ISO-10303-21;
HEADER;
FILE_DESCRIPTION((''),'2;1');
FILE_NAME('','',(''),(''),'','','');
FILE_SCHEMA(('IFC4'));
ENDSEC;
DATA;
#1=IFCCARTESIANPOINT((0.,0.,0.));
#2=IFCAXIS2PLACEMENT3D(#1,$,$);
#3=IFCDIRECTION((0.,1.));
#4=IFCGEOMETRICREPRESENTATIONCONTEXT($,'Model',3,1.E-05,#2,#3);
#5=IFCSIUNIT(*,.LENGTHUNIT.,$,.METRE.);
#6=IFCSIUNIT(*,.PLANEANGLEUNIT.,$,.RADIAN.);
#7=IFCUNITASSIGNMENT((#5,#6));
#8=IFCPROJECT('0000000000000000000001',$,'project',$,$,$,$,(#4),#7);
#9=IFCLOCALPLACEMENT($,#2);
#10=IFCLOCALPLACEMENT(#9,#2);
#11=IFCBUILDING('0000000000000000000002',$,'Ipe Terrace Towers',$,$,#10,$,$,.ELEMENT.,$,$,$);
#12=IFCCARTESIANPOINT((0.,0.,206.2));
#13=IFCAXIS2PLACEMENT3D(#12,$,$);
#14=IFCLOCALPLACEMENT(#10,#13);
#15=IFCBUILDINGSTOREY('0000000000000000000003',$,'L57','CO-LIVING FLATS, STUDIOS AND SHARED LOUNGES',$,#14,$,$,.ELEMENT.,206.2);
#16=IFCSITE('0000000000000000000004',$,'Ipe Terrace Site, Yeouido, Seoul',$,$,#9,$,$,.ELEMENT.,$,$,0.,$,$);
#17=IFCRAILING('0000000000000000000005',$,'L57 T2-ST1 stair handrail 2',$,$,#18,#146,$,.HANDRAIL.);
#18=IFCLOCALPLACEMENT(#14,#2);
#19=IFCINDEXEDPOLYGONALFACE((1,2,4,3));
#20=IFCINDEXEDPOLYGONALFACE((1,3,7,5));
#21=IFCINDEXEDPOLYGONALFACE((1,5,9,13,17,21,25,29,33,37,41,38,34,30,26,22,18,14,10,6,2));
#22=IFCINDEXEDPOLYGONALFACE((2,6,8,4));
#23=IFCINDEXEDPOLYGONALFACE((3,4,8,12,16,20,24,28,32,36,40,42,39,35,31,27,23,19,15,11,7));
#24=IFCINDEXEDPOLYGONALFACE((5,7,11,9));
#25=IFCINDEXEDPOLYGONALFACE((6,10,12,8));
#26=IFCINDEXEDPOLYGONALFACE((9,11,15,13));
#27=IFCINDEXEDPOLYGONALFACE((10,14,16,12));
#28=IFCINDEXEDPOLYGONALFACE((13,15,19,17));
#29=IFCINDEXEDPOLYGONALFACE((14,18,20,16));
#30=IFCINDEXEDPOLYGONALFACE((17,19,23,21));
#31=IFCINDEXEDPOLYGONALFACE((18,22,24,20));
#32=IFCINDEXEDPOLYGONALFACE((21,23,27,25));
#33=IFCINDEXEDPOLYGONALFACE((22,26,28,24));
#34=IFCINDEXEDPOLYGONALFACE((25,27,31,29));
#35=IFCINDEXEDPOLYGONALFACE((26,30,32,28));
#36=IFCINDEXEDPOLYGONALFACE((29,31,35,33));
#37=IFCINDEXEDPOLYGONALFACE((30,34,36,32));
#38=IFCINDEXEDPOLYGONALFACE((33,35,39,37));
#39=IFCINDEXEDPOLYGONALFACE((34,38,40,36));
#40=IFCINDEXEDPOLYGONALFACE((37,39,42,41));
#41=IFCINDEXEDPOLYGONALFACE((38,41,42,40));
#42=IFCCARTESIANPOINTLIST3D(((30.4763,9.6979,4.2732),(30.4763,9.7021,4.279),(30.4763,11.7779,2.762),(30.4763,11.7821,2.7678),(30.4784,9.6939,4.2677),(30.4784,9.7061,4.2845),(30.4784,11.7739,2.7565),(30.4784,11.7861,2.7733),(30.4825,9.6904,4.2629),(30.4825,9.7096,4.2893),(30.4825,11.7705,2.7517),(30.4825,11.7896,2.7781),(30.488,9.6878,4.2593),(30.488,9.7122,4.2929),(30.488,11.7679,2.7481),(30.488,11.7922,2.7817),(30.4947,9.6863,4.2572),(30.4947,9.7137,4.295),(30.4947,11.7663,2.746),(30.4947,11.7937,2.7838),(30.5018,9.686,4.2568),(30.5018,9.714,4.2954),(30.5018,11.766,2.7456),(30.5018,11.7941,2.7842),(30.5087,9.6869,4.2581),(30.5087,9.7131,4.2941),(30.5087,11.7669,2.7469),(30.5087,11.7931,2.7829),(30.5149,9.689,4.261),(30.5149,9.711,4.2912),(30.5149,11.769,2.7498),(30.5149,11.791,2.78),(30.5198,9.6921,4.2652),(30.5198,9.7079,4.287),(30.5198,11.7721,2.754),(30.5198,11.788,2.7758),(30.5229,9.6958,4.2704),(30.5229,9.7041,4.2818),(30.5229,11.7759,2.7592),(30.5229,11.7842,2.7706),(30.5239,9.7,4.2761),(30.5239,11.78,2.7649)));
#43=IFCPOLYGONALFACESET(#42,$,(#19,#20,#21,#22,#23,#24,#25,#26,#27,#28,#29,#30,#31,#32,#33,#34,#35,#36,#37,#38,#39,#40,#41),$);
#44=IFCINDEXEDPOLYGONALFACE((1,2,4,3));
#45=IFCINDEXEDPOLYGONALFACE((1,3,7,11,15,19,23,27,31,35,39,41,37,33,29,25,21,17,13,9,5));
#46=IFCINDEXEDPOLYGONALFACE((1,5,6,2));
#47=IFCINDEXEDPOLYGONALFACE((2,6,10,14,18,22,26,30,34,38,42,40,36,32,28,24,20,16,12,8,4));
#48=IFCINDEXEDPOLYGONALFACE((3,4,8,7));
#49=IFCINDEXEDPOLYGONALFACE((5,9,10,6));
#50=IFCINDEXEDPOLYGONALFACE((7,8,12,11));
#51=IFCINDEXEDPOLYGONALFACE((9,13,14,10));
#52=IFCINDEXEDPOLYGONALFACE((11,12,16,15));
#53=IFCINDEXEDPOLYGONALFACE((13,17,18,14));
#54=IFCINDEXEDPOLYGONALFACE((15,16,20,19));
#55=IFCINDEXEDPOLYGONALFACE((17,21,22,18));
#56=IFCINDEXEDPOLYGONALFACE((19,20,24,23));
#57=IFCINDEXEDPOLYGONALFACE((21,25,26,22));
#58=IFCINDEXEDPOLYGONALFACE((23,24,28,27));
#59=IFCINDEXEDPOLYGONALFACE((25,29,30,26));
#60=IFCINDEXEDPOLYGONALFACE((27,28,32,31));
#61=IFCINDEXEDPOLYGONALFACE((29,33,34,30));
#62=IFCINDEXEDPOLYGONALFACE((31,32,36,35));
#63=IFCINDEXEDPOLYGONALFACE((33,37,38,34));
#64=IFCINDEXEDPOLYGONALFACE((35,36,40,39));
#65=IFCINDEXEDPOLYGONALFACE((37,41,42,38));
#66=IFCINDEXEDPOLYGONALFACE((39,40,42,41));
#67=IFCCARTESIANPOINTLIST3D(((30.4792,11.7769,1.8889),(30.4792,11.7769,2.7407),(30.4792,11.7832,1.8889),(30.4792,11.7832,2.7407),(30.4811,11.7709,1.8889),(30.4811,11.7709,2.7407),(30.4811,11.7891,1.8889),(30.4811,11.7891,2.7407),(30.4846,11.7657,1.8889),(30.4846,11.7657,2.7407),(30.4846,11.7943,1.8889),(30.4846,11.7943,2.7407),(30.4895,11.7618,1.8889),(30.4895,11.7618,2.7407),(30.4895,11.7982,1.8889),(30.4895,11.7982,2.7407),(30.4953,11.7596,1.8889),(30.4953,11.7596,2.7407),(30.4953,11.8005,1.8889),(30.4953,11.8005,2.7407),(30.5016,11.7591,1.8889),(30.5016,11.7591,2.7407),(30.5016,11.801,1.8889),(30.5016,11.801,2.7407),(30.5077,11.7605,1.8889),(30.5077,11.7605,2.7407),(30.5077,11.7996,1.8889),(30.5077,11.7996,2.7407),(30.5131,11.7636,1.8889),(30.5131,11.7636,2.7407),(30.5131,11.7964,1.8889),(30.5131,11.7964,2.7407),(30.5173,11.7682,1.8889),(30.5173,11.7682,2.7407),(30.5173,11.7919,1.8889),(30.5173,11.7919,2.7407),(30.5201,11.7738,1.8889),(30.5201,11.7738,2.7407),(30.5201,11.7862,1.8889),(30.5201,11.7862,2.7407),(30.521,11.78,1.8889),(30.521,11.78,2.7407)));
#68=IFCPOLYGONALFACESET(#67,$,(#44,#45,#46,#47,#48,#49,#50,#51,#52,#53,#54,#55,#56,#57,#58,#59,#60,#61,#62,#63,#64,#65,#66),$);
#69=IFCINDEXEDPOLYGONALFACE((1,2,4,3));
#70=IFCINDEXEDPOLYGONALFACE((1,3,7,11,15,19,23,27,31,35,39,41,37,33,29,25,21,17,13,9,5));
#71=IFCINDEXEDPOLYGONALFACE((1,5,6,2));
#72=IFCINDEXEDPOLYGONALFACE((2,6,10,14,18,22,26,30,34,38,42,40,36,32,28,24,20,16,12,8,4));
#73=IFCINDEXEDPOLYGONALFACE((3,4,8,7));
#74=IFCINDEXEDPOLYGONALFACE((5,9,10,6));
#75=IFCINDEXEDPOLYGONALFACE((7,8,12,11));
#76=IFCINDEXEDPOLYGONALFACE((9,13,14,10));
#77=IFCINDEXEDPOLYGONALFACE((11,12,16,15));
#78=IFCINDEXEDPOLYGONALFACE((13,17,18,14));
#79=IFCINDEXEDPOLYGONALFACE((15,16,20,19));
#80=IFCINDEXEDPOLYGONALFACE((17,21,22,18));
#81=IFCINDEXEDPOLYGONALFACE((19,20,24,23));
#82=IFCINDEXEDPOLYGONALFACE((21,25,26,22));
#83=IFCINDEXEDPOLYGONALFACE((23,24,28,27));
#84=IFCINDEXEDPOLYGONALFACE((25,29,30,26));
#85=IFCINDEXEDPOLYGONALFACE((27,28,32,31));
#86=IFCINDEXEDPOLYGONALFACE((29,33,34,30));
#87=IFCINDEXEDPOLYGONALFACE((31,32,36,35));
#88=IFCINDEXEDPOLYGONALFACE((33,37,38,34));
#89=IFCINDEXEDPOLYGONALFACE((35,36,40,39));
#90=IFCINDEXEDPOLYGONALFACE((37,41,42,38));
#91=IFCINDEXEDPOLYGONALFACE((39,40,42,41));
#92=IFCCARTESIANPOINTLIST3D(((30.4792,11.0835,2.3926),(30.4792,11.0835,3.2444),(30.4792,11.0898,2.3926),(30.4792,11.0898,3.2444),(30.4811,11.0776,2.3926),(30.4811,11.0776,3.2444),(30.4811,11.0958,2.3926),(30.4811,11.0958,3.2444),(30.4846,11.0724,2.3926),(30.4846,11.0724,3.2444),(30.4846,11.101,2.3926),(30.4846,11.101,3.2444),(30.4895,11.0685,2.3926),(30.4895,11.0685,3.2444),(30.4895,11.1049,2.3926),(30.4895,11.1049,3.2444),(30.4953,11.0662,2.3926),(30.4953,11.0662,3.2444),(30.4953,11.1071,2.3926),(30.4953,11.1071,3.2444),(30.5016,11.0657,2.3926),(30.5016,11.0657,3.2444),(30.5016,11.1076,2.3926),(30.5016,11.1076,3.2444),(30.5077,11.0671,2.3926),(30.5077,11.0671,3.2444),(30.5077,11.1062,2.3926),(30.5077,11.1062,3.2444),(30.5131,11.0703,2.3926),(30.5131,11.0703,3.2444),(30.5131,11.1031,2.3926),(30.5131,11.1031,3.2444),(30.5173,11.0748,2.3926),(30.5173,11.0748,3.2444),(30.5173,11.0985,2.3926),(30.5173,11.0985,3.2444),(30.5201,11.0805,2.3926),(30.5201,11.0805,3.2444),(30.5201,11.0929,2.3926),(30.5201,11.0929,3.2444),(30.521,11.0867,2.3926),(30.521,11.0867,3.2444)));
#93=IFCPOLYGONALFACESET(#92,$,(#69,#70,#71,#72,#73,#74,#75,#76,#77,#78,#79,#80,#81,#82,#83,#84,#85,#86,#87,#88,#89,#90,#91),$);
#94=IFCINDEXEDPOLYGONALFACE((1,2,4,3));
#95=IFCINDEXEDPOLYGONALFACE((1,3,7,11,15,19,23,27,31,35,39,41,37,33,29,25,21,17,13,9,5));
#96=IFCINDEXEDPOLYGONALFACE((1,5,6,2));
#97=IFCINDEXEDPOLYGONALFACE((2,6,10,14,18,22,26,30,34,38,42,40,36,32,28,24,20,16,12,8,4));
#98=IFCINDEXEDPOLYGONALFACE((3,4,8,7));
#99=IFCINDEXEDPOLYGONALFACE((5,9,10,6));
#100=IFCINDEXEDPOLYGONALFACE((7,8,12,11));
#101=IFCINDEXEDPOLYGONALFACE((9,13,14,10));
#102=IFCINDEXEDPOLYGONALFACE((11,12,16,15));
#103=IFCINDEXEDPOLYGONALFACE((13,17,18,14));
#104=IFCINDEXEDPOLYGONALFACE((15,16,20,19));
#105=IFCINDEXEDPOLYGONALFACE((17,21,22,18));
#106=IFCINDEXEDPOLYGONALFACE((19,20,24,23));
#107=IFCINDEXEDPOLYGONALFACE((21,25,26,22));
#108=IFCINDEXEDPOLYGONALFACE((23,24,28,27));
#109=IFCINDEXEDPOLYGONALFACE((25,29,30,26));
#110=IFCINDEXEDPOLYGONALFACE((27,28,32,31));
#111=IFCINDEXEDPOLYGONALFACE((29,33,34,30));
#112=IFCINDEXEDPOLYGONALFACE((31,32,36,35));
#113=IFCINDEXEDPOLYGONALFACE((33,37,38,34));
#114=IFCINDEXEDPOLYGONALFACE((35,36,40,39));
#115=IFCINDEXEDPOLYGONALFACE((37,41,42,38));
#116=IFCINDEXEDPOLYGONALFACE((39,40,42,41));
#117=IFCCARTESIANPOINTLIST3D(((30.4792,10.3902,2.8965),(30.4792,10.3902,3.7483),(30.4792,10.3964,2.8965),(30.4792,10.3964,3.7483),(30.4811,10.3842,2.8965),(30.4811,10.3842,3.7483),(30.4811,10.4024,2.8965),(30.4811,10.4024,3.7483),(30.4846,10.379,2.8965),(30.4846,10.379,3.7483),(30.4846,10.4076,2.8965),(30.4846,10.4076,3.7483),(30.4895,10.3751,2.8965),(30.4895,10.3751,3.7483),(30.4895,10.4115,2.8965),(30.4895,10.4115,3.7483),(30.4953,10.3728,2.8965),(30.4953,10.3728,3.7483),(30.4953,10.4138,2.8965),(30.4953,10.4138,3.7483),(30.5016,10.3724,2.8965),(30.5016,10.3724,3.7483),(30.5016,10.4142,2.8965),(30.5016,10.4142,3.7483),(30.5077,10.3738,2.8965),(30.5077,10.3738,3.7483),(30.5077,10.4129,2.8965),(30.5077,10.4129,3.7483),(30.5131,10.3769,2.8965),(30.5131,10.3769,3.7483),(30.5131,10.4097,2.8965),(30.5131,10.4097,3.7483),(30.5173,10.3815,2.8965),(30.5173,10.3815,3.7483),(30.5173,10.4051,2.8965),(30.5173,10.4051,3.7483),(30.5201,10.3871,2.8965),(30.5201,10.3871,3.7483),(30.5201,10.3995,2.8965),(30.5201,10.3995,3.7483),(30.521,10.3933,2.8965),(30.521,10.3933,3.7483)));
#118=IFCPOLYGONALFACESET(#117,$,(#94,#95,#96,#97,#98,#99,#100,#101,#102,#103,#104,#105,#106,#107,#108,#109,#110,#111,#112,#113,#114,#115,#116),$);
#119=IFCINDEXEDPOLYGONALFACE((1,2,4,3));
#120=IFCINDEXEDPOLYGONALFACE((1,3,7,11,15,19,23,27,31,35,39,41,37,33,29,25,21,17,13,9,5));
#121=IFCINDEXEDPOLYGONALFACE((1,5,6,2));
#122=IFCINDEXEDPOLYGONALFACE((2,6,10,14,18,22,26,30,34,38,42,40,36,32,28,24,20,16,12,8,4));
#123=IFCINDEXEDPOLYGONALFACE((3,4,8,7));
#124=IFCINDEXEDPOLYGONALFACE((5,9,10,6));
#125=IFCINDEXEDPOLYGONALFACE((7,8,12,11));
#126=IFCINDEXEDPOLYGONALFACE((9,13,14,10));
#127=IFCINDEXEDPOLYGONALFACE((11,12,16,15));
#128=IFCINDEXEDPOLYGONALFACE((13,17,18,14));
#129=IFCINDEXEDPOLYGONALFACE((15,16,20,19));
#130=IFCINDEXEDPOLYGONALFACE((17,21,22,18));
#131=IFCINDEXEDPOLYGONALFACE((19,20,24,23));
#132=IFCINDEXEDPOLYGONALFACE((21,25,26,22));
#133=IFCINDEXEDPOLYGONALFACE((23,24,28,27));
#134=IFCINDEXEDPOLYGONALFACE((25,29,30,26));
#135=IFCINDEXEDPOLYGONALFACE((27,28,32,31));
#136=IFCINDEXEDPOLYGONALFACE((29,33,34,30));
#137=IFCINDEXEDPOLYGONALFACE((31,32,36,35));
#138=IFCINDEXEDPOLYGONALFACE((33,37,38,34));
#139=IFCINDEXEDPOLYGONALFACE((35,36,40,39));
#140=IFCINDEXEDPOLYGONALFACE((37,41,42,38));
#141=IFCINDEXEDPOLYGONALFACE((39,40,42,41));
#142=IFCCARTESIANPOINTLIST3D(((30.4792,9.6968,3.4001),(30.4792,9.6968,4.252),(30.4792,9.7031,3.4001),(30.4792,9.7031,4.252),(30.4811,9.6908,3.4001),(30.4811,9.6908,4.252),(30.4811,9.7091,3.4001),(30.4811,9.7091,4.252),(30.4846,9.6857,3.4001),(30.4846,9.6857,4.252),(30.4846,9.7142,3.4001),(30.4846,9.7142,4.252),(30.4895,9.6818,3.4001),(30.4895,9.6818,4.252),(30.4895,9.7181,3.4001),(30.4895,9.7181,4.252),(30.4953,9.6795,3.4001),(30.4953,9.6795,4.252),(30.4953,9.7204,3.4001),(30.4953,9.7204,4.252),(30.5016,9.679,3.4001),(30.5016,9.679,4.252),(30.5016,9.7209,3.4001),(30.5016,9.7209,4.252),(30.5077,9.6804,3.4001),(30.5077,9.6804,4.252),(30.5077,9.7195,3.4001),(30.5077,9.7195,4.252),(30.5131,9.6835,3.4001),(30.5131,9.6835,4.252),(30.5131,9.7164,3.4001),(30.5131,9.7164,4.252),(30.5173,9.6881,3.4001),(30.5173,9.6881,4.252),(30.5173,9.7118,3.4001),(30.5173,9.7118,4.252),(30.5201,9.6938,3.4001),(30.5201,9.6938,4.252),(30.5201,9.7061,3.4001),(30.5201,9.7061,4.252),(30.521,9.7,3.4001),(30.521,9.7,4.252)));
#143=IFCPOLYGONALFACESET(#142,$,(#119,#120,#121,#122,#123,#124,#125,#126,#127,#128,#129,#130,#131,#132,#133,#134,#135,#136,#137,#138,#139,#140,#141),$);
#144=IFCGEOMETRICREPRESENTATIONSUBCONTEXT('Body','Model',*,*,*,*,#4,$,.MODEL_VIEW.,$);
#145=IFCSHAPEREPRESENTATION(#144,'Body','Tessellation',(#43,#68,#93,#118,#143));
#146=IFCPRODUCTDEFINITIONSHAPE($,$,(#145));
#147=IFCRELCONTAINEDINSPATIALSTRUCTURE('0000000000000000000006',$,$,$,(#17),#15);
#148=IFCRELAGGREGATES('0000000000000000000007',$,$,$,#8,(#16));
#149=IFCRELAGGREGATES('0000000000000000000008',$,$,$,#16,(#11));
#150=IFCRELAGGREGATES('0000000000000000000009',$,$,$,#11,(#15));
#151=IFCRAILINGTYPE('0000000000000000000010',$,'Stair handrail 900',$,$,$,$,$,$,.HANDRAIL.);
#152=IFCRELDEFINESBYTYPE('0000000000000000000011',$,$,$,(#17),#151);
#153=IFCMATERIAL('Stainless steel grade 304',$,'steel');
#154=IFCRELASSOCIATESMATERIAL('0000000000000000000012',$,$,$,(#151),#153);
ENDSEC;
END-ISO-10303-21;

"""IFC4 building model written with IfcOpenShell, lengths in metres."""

from ifc_helpers import new_model, si_unit, direction, frame, origin, origin_2d, place, context, subcontext, project, spatial, circle, extrude, material, type_object, element, save


model = new_model("IFC4")

# Units and contexts
model_context = context("Model", 3, precision=1e-05, world=origin(), true_north=direction((0.0, 1.0)))
body_context = subcontext(model_context, "Body", "Model", "MODEL_VIEW")
ifc_project = project(units=[si_unit("LENGTHUNIT", "METRE"), si_unit("PLANEANGLEUNIT", "RADIAN")], contexts=[model_context])

# Site, building, storey
site_placement = place(None, origin())
site = spatial("IfcSite", under=ifc_project, at=site_placement, Name="Ipe Terrace Site, Yeouido, Seoul", CompositionType="ELEMENT", RefElevation=0.0)
building_placement = place(site_placement, origin())
building = spatial("IfcBuilding", under=site, at=building_placement, Name="Ipe Terrace Towers", CompositionType="ELEMENT")
storey_placement = place(building_placement, frame((0.0, 0.0, 206.2)))
storey = spatial("IfcBuildingStorey", under=building, at=storey_placement, Name="L57", Description="CO-LIVING FLATS, STUDIOS AND SHARED LOUNGES", CompositionType="ELEMENT", Elevation=206.2)

# Railing
ifc_material_1 = material(Name="Stainless steel grade 304", Category="steel")
railing_type_1 = type_object("IfcRailingType", Name="Stair handrail 900", PredefinedType="HANDRAIL", material=ifc_material_1)
railing_1_placement = place(storey_placement, frame((30.5, 11.78, 1.8889)))
element("IfcRailing", 1, at=railing_1_placement, inside=storey, type_object=railing_type_1, Name="L57 T2-ST1 stair handrail 2", PredefinedType="HANDRAIL", context=body_context, shape_type="SweptSolid", body=[
    extrude(circle(Radius=0.0239, at=origin_2d()), frame((0.0, 0.0, 0.876), z_axis=(0.0, -0.809023, 0.587776), x_axis=(1.0, 0.0, 0.0)), (0.0, 0.0, 1.0), 2.571),
    extrude(circle(Radius=0.021, at=origin_2d()), origin(), (0.0, 0.0, 1.0), 0.8518),
    extrude(circle(Radius=0.021, at=origin_2d()), frame((0.0, -0.6934, 0.5037)), (0.0, 0.0, 1.0), 0.8518),
    extrude(circle(Radius=0.021, at=origin_2d()), frame((0.0, -1.3867, 1.0076)), (0.0, 0.0, 1.0), 0.8518),
    extrude(circle(Radius=0.021, at=origin_2d()), frame((0.0, -2.0801, 1.5112)), (0.0, 0.0, 1.0), 0.8518),
])

save(model, "model.ifc")
